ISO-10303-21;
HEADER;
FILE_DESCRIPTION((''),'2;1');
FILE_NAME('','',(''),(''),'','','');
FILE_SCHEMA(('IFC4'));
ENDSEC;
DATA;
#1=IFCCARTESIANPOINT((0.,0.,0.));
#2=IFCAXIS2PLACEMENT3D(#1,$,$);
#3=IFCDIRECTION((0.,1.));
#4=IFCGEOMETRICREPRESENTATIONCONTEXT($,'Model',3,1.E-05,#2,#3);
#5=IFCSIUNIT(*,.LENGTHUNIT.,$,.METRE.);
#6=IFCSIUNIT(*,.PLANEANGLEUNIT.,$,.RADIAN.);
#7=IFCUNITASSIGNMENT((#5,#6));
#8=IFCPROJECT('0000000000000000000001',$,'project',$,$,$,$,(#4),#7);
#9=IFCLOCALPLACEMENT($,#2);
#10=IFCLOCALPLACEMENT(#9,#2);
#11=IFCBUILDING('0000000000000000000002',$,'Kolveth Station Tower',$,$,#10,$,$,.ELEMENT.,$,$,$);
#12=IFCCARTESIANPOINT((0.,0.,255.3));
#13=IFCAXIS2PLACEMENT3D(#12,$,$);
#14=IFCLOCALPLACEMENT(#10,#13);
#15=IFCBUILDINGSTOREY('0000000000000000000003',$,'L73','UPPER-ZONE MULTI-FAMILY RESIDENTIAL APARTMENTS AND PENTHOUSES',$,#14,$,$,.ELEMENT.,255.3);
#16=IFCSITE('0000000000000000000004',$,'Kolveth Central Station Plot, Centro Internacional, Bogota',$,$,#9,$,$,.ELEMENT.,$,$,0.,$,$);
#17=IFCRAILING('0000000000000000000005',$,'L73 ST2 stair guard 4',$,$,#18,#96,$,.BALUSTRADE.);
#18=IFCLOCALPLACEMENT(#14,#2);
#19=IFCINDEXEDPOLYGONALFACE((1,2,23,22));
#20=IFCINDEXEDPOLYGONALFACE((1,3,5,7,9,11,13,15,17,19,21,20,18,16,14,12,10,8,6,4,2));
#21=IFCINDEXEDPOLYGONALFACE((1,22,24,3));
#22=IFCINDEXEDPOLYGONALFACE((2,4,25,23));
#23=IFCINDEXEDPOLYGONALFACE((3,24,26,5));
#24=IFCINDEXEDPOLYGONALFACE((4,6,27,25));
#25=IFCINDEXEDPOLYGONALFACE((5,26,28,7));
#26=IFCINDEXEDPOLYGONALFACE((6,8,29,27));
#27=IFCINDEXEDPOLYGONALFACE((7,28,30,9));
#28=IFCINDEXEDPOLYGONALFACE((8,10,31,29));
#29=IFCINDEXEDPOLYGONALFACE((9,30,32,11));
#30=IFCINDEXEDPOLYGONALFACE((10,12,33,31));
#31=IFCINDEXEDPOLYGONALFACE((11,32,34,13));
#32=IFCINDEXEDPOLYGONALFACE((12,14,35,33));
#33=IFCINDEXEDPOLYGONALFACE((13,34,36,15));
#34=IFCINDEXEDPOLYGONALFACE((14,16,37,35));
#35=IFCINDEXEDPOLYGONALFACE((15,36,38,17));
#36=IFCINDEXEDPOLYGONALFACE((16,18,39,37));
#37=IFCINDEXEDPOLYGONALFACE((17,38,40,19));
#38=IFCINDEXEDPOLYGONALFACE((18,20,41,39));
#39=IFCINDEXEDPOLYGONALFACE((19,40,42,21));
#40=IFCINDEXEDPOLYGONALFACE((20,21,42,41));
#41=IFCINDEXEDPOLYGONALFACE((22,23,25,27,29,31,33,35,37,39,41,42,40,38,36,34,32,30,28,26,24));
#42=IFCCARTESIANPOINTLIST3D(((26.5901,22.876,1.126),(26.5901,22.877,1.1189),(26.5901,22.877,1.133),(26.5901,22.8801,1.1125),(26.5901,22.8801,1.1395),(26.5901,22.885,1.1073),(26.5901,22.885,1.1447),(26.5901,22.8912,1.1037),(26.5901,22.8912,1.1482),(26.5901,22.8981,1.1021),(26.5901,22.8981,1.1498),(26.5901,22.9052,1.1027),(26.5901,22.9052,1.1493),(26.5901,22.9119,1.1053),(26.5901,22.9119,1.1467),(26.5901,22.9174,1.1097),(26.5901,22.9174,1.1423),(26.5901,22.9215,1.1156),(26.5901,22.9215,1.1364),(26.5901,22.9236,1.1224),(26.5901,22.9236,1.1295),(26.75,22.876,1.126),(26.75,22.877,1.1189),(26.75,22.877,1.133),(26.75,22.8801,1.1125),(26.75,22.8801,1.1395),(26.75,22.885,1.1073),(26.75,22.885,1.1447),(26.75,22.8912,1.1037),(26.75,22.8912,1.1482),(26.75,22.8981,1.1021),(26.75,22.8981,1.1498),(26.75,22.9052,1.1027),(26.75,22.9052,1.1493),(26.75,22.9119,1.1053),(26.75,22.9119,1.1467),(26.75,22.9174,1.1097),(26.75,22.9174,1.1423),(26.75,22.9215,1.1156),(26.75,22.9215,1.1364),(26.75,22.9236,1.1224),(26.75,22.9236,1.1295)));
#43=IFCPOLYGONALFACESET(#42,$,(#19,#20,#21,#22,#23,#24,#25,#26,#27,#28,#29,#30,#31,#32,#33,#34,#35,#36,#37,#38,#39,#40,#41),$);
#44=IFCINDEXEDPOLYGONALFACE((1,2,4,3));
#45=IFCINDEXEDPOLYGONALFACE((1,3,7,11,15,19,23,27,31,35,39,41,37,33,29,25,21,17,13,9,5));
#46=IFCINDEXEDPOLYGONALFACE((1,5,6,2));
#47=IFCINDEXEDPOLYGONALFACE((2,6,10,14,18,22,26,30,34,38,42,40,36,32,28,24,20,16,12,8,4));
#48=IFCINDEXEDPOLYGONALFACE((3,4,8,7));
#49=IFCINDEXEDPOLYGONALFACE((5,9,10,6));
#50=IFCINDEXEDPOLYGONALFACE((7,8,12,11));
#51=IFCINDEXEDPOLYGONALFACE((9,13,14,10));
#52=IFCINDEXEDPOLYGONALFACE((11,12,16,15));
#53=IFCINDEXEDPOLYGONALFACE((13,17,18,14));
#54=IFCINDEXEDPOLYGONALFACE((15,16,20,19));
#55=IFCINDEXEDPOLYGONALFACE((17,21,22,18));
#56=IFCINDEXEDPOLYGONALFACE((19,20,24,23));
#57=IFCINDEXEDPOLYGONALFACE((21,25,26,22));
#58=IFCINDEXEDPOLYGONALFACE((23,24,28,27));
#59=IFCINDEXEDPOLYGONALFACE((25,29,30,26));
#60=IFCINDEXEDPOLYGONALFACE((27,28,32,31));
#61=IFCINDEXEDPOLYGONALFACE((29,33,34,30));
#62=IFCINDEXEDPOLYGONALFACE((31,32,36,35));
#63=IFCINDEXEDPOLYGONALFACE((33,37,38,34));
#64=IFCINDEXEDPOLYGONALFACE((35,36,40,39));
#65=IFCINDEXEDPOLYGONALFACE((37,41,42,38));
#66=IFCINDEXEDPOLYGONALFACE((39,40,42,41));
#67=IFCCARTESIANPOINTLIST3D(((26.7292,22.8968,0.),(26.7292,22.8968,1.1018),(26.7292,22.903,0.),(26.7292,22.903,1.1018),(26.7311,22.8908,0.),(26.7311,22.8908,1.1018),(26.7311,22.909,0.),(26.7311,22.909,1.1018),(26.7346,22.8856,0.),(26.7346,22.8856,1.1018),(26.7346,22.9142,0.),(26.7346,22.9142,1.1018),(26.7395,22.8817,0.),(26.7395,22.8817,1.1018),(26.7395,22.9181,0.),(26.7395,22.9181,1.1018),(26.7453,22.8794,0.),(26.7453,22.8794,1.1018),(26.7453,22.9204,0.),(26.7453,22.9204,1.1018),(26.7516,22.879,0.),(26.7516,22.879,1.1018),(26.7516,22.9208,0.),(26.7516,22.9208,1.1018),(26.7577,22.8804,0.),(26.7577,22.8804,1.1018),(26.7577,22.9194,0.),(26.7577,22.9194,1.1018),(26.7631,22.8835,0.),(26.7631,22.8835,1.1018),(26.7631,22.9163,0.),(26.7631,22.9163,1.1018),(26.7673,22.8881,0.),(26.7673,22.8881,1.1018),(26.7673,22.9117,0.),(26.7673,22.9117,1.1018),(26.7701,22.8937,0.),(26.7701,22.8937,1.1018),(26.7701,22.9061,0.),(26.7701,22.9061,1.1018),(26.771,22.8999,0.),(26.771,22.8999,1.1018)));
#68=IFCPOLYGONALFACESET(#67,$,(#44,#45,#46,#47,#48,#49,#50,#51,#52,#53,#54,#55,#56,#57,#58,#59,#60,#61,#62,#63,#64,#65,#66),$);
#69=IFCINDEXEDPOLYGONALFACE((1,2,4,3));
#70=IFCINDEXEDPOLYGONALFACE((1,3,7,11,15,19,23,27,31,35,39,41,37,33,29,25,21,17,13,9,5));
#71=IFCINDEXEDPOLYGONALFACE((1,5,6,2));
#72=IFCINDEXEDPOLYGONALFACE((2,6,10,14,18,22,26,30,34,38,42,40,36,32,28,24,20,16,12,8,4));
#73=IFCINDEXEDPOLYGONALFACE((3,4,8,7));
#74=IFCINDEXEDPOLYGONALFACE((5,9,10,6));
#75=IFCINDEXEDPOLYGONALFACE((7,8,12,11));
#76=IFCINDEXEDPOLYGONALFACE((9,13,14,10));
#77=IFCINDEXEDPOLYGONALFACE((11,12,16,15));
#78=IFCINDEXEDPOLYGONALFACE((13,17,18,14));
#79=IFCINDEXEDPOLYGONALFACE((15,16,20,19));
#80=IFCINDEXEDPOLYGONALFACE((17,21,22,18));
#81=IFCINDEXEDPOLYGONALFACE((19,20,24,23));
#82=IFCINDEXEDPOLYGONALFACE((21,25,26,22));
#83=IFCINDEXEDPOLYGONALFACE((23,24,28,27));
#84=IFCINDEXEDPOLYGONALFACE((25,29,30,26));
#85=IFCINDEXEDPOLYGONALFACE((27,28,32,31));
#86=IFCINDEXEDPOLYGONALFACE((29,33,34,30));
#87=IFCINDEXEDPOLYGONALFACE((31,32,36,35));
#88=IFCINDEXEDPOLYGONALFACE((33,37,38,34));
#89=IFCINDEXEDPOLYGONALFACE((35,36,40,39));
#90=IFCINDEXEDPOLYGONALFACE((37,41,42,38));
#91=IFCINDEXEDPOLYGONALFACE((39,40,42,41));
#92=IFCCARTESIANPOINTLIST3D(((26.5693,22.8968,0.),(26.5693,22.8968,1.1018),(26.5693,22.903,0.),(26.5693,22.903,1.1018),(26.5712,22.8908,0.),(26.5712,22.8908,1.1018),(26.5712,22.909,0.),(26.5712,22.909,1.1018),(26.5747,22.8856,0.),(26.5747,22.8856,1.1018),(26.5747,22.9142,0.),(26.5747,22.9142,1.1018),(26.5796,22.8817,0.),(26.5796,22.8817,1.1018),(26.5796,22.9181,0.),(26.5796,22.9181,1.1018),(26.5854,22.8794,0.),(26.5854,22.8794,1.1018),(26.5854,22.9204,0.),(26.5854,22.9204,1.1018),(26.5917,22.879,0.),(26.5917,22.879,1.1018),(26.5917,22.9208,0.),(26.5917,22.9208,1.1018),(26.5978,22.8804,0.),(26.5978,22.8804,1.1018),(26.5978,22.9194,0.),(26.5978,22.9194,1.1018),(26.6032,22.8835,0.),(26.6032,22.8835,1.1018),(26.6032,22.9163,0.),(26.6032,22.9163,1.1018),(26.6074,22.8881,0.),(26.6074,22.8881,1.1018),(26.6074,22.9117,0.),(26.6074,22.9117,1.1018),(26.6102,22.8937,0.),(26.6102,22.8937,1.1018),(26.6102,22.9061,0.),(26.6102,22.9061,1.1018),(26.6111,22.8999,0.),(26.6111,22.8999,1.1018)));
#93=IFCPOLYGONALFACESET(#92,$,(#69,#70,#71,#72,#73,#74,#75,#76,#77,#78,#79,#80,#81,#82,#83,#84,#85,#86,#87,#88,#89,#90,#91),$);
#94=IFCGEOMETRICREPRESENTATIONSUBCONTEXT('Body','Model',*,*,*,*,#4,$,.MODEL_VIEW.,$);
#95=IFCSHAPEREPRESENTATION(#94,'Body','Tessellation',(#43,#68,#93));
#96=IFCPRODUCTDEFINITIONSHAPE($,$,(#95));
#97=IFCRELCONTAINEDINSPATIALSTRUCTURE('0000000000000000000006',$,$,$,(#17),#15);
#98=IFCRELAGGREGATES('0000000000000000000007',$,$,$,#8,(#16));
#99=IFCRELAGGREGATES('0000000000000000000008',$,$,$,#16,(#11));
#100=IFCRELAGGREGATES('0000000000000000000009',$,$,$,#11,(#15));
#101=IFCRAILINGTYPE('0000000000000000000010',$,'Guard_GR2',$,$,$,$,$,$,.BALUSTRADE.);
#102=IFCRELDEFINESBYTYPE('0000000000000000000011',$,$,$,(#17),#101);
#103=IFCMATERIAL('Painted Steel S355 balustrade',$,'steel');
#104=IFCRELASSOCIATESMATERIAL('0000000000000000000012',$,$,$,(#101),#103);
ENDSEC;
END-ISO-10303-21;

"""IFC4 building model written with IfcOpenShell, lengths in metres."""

from ifc_helpers import new_model, si_unit, direction, frame, origin, origin_2d, place, context, subcontext, project, spatial, circle, extrude, material, type_object, element, save


model = new_model("IFC4")

# Units and contexts
model_context = context("Model", 3, precision=1e-05, world=origin(), true_north=direction((0.0, 1.0)))
body_context = subcontext(model_context, "Body", "Model", "MODEL_VIEW")
ifc_project = project(units=[si_unit("LENGTHUNIT", "METRE"), si_unit("PLANEANGLEUNIT", "RADIAN")], contexts=[model_context])

# Site, building, storey
site_placement = place(None, origin())
site = spatial("IfcSite", under=ifc_project, at=site_placement, Name="Kolveth Central Station Plot, Centro Internacional, Bogota", CompositionType="ELEMENT", RefElevation=0.0)
building_placement = place(site_placement, origin())
building = spatial("IfcBuilding", under=site, at=building_placement, Name="Kolveth Station Tower", CompositionType="ELEMENT")
storey_placement = place(building_placement, frame((0.0, 0.0, 255.3)))
storey = spatial("IfcBuildingStorey", under=building, at=storey_placement, Name="L73", Description="UPPER-ZONE MULTI-FAMILY RESIDENTIAL APARTMENTS AND PENTHOUSES", CompositionType="ELEMENT", Elevation=255.3)

# Railing
ifc_material_1 = material(Name="Painted Steel S355 balustrade", Category="steel")
railing_type_1 = type_object("IfcRailingType", Name="Guard_GR2", PredefinedType="BALUSTRADE", material=ifc_material_1)
railing_1_placement = place(storey_placement, frame((26.75, 22.8999, 0.0)))
element("IfcRailing", 1, at=railing_1_placement, inside=storey, type_object=railing_type_1, Name="L73 ST2 stair guard 4", PredefinedType="BALUSTRADE", context=body_context, shape_type="SweptSolid", body=[
    extrude(circle(Radius=0.0239, at=origin_2d()), frame((0.0, 0.0, 1.126), z_axis=(-1.0, 0.0, 0.0), x_axis=(0.0, -1.0, 0.0)), (0.0, 0.0, 1.0), 0.1599),
    extrude(circle(Radius=0.021, at=origin_2d()), origin(), (0.0, 0.0, 1.0), 1.1018),
    extrude(circle(Radius=0.021, at=origin_2d()), frame((-0.1599, 0.0, 0.0)), (0.0, 0.0, 1.0), 1.1018),
])

save(model, "model.ifc")
